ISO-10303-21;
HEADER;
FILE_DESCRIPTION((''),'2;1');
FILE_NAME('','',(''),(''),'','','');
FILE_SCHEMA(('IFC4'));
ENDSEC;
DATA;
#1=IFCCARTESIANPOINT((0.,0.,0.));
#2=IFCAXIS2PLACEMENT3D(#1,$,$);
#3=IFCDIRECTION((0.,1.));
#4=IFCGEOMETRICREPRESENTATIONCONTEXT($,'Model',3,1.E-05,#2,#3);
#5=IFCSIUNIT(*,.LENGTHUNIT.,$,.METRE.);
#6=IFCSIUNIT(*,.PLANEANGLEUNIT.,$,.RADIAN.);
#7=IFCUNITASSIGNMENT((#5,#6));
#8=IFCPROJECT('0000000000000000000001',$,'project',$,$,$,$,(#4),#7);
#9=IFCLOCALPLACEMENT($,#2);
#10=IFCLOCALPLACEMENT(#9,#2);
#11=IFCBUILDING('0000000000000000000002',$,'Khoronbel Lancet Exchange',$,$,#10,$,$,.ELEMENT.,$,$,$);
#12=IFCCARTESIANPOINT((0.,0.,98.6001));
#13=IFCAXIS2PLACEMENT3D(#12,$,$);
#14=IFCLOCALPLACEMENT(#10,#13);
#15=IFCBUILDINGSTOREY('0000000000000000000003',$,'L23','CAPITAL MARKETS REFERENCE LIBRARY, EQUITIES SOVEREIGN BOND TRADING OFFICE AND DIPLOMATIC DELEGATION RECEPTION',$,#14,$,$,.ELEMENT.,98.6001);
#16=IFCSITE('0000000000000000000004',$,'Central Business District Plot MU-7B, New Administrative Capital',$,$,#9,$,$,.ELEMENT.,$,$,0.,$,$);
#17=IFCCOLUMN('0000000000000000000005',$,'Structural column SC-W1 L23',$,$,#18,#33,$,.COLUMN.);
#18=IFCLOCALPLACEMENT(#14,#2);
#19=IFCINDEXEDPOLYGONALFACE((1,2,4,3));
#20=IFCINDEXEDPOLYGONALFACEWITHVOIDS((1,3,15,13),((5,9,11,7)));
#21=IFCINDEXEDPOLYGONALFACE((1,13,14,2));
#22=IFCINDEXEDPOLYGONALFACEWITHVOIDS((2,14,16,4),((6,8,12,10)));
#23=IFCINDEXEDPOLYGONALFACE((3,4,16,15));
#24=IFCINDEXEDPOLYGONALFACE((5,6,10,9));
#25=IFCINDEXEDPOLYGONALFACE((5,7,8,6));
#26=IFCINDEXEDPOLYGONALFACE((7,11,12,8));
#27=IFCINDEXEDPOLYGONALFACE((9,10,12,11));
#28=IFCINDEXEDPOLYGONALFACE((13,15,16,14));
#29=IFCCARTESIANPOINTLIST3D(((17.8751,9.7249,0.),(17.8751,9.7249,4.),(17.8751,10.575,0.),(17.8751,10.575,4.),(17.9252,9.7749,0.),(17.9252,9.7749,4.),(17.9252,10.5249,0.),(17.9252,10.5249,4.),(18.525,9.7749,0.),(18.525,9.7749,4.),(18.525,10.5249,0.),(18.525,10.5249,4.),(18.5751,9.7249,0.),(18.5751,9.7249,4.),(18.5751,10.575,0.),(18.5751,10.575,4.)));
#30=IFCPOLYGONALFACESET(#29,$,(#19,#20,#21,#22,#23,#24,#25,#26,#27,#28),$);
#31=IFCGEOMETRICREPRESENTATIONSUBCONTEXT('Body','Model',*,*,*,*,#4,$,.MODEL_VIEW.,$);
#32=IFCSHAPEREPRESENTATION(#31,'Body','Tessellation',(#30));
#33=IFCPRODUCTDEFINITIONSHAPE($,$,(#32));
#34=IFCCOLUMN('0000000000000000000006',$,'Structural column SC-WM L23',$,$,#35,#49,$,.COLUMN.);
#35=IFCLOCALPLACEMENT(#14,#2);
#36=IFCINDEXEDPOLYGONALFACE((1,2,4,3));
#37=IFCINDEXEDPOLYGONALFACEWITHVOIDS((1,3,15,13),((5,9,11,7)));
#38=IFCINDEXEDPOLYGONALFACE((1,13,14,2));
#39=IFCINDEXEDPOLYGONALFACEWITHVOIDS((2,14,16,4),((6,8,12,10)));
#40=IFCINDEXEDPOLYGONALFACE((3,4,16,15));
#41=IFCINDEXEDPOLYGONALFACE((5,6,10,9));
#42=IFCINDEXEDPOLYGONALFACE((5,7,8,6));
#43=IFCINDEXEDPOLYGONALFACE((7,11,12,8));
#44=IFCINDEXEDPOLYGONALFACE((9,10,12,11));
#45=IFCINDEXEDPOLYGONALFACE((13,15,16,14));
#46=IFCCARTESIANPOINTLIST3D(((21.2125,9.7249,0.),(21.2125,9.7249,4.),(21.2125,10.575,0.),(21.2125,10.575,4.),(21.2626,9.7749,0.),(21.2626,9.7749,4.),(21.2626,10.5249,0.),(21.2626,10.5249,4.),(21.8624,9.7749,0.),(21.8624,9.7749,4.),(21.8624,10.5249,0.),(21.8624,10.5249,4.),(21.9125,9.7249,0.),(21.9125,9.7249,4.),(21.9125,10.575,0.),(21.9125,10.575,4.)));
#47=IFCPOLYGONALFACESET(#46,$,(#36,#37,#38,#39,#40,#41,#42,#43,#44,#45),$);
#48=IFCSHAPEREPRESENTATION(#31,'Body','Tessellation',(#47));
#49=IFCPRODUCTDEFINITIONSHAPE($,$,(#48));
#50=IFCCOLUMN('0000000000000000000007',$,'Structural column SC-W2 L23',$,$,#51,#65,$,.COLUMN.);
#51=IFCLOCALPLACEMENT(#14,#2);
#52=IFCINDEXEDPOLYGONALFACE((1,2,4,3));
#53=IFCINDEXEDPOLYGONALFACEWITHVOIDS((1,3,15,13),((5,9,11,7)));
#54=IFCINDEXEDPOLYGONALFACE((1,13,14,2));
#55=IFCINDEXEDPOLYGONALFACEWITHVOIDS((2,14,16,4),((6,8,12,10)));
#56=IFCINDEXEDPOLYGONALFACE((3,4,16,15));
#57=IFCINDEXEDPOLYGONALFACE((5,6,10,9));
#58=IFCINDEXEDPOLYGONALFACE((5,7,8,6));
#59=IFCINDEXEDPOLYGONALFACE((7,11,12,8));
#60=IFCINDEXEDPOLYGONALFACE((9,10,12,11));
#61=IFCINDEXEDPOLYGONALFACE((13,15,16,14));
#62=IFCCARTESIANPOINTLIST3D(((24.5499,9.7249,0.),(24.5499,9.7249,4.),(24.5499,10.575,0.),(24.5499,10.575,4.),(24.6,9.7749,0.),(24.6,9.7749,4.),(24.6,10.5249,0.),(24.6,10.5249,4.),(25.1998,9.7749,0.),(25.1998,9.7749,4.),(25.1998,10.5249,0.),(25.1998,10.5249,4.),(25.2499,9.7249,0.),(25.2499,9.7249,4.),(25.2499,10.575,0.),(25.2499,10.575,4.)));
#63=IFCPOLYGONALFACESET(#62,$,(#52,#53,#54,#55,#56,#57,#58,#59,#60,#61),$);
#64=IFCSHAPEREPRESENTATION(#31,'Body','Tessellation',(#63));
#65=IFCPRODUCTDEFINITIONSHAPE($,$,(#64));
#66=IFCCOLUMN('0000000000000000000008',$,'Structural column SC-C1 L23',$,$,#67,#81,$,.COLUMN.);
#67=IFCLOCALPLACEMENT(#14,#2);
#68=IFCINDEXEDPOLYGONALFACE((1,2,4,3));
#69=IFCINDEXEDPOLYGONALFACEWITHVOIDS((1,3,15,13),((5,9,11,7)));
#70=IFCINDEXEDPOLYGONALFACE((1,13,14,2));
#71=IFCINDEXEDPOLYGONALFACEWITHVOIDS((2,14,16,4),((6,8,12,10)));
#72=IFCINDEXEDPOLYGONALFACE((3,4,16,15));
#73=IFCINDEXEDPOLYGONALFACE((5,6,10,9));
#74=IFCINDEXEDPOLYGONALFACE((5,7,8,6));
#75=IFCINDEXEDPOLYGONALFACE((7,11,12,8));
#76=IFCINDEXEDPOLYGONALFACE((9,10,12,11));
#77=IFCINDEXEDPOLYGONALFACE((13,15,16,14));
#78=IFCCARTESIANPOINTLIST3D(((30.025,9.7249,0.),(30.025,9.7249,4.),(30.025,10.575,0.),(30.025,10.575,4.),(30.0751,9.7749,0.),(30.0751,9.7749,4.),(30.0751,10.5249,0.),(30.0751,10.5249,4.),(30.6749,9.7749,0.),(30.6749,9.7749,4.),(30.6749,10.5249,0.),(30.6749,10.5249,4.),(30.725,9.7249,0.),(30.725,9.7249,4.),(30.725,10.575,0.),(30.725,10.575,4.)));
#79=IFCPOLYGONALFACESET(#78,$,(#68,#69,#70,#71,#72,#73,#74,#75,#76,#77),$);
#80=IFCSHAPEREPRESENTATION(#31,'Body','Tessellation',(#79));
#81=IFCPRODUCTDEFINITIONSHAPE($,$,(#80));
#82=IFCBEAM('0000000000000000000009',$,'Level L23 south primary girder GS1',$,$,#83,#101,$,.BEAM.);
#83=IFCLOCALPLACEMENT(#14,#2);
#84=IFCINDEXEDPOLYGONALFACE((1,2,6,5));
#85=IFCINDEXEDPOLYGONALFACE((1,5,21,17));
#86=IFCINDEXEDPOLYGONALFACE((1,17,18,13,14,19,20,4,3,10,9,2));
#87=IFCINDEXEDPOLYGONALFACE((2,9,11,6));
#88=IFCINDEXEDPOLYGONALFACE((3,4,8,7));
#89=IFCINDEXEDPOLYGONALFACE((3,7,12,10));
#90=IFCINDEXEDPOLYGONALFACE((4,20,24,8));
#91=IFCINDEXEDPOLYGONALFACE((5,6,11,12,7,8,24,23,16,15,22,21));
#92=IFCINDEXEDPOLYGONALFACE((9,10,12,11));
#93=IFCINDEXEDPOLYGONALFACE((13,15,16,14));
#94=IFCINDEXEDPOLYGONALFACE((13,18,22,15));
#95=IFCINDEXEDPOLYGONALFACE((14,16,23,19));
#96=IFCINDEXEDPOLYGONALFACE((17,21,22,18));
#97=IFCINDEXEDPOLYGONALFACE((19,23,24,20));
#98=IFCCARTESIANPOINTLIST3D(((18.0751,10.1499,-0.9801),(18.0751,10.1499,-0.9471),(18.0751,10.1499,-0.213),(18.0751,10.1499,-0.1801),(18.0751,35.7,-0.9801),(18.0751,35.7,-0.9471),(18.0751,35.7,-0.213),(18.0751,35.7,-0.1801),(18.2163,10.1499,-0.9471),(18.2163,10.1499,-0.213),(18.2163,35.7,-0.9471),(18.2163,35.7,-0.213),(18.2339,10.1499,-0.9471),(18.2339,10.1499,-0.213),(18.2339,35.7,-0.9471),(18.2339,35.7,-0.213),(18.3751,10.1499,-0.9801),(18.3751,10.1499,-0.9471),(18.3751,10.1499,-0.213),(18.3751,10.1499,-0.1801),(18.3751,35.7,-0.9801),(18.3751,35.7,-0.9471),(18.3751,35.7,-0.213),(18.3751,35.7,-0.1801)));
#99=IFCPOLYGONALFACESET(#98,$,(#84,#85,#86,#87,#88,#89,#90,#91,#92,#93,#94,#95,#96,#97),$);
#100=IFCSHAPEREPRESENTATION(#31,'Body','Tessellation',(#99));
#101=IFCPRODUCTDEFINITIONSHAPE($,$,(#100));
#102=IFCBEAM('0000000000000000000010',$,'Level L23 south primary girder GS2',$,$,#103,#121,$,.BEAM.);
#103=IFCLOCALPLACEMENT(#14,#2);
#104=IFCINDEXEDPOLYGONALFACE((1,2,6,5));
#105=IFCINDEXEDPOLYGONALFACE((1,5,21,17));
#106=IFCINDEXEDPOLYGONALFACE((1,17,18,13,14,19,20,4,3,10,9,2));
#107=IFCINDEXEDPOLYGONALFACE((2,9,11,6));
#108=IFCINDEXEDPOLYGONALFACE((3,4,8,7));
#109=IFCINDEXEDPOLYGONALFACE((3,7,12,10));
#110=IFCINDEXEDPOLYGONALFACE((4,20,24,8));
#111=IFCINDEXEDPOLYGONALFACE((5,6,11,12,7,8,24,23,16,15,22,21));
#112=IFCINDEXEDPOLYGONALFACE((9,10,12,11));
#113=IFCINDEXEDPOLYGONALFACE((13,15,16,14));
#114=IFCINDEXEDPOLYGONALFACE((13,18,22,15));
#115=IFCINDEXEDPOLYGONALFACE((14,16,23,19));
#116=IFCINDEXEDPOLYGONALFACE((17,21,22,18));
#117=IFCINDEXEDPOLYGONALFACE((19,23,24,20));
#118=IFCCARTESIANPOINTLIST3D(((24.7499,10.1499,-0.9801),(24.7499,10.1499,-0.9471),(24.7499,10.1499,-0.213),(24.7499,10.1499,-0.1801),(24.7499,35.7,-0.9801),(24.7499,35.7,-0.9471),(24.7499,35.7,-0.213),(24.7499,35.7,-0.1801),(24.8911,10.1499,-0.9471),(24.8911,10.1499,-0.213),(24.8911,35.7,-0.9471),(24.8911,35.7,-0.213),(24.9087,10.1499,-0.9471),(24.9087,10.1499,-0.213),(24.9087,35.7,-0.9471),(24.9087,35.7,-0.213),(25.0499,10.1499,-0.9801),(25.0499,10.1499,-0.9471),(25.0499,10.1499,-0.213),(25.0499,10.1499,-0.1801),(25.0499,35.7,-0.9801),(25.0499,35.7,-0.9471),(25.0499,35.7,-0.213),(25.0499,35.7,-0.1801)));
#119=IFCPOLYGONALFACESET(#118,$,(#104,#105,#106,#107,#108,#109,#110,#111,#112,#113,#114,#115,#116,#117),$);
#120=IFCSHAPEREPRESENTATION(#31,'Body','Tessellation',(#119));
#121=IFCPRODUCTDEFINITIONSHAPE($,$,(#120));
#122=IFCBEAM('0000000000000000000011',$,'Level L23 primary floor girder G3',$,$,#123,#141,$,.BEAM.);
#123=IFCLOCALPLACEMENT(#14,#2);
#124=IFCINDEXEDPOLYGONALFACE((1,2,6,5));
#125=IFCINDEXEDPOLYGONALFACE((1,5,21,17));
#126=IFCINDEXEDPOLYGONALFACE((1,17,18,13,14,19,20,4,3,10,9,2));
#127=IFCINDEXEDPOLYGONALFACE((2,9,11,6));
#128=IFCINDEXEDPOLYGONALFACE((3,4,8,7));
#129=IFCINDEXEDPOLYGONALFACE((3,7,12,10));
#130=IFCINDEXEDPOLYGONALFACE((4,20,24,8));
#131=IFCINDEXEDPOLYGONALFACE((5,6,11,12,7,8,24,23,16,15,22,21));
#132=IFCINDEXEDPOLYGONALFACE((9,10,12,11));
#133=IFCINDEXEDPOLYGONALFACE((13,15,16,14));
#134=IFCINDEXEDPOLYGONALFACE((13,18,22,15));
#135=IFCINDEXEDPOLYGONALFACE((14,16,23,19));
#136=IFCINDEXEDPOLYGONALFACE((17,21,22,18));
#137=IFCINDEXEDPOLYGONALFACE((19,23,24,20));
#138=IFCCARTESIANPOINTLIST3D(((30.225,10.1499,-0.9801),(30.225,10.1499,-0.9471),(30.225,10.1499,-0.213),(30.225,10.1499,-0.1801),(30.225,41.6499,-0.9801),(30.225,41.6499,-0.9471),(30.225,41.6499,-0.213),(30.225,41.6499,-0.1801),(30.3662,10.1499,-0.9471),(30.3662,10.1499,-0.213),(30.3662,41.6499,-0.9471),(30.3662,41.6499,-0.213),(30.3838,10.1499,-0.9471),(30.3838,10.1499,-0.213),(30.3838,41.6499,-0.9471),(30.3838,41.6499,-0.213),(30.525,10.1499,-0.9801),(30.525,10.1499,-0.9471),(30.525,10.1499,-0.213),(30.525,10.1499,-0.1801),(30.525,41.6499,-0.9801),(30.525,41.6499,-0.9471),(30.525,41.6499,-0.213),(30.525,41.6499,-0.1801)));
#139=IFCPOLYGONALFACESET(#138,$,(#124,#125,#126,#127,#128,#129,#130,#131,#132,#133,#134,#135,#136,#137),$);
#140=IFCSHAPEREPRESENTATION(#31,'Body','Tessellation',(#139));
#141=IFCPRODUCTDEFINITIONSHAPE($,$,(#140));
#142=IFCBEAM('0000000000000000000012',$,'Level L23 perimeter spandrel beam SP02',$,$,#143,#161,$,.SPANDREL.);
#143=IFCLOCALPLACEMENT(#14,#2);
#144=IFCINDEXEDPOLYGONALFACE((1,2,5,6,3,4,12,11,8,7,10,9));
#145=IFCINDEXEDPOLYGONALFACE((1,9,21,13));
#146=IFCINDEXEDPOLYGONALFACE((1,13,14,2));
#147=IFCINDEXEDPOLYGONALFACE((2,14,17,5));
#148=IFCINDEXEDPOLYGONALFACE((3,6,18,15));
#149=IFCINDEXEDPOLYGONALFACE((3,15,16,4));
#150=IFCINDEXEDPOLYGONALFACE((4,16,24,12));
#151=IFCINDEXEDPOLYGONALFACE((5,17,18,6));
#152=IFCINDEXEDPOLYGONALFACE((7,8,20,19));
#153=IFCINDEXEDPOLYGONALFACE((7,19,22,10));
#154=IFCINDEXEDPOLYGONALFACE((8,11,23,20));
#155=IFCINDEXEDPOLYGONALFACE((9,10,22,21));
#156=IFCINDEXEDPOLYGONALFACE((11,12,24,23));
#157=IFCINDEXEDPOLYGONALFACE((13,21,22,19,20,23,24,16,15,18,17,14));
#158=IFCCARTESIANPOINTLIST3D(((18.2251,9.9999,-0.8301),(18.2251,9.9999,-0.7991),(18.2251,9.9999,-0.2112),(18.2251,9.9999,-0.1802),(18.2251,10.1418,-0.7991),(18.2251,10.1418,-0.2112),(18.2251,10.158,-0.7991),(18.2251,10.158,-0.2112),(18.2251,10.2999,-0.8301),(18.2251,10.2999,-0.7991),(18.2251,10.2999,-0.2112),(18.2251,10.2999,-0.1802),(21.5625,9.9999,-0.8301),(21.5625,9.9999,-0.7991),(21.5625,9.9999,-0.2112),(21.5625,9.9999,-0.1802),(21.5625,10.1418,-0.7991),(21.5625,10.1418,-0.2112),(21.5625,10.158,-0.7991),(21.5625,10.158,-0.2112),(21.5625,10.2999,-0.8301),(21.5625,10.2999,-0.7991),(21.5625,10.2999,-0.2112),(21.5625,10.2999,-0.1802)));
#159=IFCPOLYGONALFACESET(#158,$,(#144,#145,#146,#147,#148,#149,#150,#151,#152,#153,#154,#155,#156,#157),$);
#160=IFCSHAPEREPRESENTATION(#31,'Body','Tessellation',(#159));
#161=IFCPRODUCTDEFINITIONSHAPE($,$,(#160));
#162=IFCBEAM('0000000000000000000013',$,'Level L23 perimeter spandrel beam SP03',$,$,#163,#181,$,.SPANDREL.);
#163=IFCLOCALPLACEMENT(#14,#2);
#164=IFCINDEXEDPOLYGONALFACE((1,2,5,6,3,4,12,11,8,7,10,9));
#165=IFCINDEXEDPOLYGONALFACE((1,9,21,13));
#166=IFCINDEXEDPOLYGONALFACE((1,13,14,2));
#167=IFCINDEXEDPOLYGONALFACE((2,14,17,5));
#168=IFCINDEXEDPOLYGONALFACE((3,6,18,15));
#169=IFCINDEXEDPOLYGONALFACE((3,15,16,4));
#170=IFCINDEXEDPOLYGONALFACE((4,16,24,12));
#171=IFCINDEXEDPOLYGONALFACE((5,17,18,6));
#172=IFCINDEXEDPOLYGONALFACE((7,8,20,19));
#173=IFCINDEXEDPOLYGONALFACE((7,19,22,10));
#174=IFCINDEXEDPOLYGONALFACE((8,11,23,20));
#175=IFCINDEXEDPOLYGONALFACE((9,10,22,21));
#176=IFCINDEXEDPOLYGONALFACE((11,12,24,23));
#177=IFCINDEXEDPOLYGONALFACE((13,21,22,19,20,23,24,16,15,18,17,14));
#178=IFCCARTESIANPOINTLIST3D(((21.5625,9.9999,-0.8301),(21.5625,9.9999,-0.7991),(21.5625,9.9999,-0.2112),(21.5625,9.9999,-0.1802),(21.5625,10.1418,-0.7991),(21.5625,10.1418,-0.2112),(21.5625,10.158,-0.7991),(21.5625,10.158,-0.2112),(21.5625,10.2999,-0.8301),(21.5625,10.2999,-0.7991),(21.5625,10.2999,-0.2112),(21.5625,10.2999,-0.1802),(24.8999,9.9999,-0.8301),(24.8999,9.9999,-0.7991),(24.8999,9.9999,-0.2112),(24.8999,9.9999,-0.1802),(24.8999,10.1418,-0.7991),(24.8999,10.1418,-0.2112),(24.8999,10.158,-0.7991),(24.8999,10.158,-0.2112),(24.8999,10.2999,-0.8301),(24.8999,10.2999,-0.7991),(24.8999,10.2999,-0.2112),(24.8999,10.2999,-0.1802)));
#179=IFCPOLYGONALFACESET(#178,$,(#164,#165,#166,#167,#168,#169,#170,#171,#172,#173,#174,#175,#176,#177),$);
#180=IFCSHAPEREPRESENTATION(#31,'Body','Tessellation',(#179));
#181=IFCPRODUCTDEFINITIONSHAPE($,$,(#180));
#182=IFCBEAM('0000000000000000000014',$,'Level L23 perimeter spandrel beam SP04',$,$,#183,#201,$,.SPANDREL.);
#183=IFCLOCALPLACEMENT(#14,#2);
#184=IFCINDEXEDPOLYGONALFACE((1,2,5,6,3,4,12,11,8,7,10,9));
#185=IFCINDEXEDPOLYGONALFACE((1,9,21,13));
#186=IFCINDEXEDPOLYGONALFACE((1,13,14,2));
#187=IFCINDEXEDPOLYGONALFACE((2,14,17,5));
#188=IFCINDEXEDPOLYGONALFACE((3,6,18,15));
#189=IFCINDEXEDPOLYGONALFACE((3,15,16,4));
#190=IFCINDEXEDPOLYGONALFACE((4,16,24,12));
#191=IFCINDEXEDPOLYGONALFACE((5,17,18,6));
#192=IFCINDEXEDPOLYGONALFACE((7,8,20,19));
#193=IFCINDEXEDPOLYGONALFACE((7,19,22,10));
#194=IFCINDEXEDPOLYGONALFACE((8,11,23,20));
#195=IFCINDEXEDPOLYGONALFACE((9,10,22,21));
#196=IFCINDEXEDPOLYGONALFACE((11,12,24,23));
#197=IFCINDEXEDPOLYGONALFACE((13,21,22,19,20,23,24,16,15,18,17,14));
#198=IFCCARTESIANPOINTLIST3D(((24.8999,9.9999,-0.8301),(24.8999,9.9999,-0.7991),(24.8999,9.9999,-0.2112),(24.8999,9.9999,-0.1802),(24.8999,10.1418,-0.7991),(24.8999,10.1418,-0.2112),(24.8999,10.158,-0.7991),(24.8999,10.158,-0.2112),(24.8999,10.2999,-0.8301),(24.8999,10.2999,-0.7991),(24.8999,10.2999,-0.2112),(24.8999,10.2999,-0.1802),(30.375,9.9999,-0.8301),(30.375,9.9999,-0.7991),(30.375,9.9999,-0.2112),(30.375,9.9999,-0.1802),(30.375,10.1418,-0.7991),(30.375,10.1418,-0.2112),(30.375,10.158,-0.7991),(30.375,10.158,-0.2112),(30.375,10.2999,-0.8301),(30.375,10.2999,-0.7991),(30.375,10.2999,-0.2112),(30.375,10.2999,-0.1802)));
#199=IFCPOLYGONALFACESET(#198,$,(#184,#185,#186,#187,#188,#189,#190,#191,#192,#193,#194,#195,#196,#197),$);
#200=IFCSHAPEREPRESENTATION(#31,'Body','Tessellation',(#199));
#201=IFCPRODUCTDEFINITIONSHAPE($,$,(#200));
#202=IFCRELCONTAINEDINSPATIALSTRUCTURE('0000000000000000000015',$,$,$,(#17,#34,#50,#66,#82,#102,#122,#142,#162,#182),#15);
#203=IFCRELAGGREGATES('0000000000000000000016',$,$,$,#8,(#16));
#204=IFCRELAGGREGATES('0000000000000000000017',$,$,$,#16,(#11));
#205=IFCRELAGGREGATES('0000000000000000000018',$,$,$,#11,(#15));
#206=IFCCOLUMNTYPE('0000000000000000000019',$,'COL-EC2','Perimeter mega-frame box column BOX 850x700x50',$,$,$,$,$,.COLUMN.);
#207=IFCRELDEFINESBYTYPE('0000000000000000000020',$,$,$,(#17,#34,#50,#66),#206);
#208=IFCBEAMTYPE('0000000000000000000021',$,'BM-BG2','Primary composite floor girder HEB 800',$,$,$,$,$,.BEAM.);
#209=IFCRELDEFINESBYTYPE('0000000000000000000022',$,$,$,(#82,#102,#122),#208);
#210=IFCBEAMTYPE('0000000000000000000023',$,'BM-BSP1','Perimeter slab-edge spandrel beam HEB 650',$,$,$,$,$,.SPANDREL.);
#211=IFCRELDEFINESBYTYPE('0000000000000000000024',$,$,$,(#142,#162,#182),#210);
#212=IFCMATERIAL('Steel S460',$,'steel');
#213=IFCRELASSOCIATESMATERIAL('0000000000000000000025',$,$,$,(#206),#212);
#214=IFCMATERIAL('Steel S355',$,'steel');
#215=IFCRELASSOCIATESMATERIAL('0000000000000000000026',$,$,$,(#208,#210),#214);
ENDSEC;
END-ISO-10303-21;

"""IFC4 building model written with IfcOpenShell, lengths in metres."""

from ifc_helpers import new_model, si_unit, direction, frame, origin, origin_2d, place, context, subcontext, project, spatial, hollow_rectangle, i_section, extrude, material, material_profile, profile_set, type_object, element, save


model = new_model("IFC4")

# Units and contexts
model_context = context("Model", 3, precision=1e-05, world=origin(), true_north=direction((0.0, 1.0)))
body_context = subcontext(model_context, "Body", "Model", "MODEL_VIEW")
ifc_project = project(units=[si_unit("LENGTHUNIT", "METRE"), si_unit("PLANEANGLEUNIT", "RADIAN")], contexts=[model_context])

# Site, building, storey
site_placement = place(None, origin())
site = spatial("IfcSite", under=ifc_project, at=site_placement, Name="Central Business District Plot MU-7B, New Administrative Capital", CompositionType="ELEMENT", RefElevation=0.0)
building_placement = place(site_placement, origin())
building = spatial("IfcBuilding", under=site, at=building_placement, Name="Khoronbel Lancet Exchange", CompositionType="ELEMENT")
storey_placement = place(building_placement, frame((0.0, 0.0, 98.6001)))
storey = spatial("IfcBuildingStorey", under=building, at=storey_placement, Name="L23", Description="CAPITAL MARKETS REFERENCE LIBRARY, EQUITIES SOVEREIGN BOND TRADING OFFICE AND DIPLOMATIC DELEGATION RECEPTION", CompositionType="ELEMENT", Elevation=98.6001)

# Columns
ifc_material_1 = material(Name="Steel S460", Category="steel")
ifc_material_profile_1 = material_profile(ifc_material_1, hollow_rectangle(XDim=0.7, YDim=0.8501, WallThickness=0.05, at=origin_2d()), Name="BOX 850x700x50")
ifc_profile_set_1 = profile_set([ifc_material_profile_1], Name="Steel S460")
column_type = type_object("IfcColumnType", Name="COL-EC2", Description="Perimeter mega-frame box column BOX 850x700x50", PredefinedType="COLUMN", material=ifc_profile_set_1)
for number, where, z_axis, x_axis, name in (
    (1, (18.2251, 10.1499, 0.0), (0.0, 0.0, 1.0), (1.0, 0.0, 0.0), "Structural column SC-W1 L23"),
    (2, (21.5625, 10.1499, 0.0), (0.0, 0.0, 1.0), (1.0, 0.0, 0.0), "Structural column SC-WM L23"),
    (3, (24.8999, 10.1499, 0.0), (0.0, 0.0, 1.0), (1.0, 0.0, 0.0), "Structural column SC-W2 L23"),
    (4, (30.375, 10.1499, 0.0), (0.0, 0.0, 1.0), (1.0, 0.0, 0.0), "Structural column SC-C1 L23"),
):
    element("IfcColumn", number, at=place(storey_placement, frame(where, z_axis=z_axis, x_axis=x_axis)), inside=storey, type_object=column_type, Name=name, PredefinedType="COLUMN", context=body_context, shape_type="SweptSolid", body=[
        extrude(hollow_rectangle(XDim=0.7, YDim=0.8501, WallThickness=0.05, at=origin_2d()), origin(), (0.0, 0.0, 1.0), 4.0),
    ])

# Beams
ifc_material_2 = material(Name="Steel S355", Category="steel")
ifc_material_profile_2 = material_profile(ifc_material_2, i_section(OverallWidth=0.3, OverallDepth=0.8, WebThickness=0.0176, FlangeThickness=0.033, at=origin_2d()), Name="HEB 800")
ifc_profile_set_2 = profile_set([ifc_material_profile_2], Name="Steel S355")
beam_type_1 = type_object("IfcBeamType", Name="BM-BG2", Description="Primary composite floor girder HEB 800", PredefinedType="BEAM", material=ifc_profile_set_2)
for number, where, z_axis, x_axis, name in (
    (5, (18.2251, 10.1499, -0.5801), (0.0, 1.0, 0.0), (-1.0, 0.0, 0.0), "Level L23 south primary girder GS1"),
    (6, (24.8999, 10.1499, -0.5801), (0.0, 1.0, 0.0), (-1.0, 0.0, 0.0), "Level L23 south primary girder GS2"),
):
    element("IfcBeam", number, at=place(storey_placement, frame(where, z_axis=z_axis, x_axis=x_axis)), inside=storey, type_object=beam_type_1, Name=name, PredefinedType="BEAM", context=body_context, shape_type="SweptSolid", body=[
        extrude(i_section(OverallWidth=0.3, OverallDepth=0.8, WebThickness=0.0176, FlangeThickness=0.033, at=origin_2d()), origin(), (0.0, 0.0, 1.0), 25.55),
    ])
beam_1_placement = place(storey_placement, frame((30.375, 10.1499, -0.5801), z_axis=(0.0, 1.0, 0.0), x_axis=(-1.0, 0.0, 0.0)))
element("IfcBeam", 7, at=beam_1_placement, inside=storey, type_object=beam_type_1, Name="Level L23 primary floor girder G3", PredefinedType="BEAM", context=body_context, shape_type="SweptSolid", body=[
    extrude(i_section(OverallWidth=0.3, OverallDepth=0.8, WebThickness=0.0176, FlangeThickness=0.033, at=origin_2d()), origin(), (0.0, 0.0, 1.0), 31.5),
])
ifc_material_profile_3 = material_profile(ifc_material_2, i_section(OverallWidth=0.3, OverallDepth=0.6499, WebThickness=0.0161, FlangeThickness=0.031, at=origin_2d()), Name="HEB 650")
ifc_profile_set_3 = profile_set([ifc_material_profile_3], Name="Steel S355")
beam_type_2 = type_object("IfcBeamType", Name="BM-BSP1", Description="Perimeter slab-edge spandrel beam HEB 650", PredefinedType="SPANDREL", material=ifc_profile_set_3)
for number, where, z_axis, x_axis, name in (
    (8, (18.2251, 10.1499, -0.5051), (1.0, 0.0, 0.0), (0.0, 1.0, 0.0), "Level L23 perimeter spandrel beam SP02"),
    (9, (21.5625, 10.1499, -0.5051), (1.0, 0.0, 0.0), (0.0, 1.0, 0.0), "Level L23 perimeter spandrel beam SP03"),
):
    element("IfcBeam", number, at=place(storey_placement, frame(where, z_axis=z_axis, x_axis=x_axis)), inside=storey, type_object=beam_type_2, Name=name, PredefinedType="SPANDREL", context=body_context, shape_type="SweptSolid", body=[
        extrude(i_section(OverallWidth=0.3, OverallDepth=0.6499, WebThickness=0.0161, FlangeThickness=0.031, at=origin_2d()), origin(), (0.0, 0.0, 1.0), 3.3374),
    ])
beam_2_placement = place(storey_placement, frame((24.8999, 10.1499, -0.5051), z_axis=(1.0, 0.0, 0.0), x_axis=(0.0, 1.0, 0.0)))
element("IfcBeam", 10, at=beam_2_placement, inside=storey, type_object=beam_type_2, Name="Level L23 perimeter spandrel beam SP04", PredefinedType="SPANDREL", context=body_context, shape_type="SweptSolid", body=[
    extrude(i_section(OverallWidth=0.3, OverallDepth=0.6499, WebThickness=0.0161, FlangeThickness=0.031, at=origin_2d()), origin(), (0.0, 0.0, 1.0), 5.4751),
])

save(model, "model.ifc")
